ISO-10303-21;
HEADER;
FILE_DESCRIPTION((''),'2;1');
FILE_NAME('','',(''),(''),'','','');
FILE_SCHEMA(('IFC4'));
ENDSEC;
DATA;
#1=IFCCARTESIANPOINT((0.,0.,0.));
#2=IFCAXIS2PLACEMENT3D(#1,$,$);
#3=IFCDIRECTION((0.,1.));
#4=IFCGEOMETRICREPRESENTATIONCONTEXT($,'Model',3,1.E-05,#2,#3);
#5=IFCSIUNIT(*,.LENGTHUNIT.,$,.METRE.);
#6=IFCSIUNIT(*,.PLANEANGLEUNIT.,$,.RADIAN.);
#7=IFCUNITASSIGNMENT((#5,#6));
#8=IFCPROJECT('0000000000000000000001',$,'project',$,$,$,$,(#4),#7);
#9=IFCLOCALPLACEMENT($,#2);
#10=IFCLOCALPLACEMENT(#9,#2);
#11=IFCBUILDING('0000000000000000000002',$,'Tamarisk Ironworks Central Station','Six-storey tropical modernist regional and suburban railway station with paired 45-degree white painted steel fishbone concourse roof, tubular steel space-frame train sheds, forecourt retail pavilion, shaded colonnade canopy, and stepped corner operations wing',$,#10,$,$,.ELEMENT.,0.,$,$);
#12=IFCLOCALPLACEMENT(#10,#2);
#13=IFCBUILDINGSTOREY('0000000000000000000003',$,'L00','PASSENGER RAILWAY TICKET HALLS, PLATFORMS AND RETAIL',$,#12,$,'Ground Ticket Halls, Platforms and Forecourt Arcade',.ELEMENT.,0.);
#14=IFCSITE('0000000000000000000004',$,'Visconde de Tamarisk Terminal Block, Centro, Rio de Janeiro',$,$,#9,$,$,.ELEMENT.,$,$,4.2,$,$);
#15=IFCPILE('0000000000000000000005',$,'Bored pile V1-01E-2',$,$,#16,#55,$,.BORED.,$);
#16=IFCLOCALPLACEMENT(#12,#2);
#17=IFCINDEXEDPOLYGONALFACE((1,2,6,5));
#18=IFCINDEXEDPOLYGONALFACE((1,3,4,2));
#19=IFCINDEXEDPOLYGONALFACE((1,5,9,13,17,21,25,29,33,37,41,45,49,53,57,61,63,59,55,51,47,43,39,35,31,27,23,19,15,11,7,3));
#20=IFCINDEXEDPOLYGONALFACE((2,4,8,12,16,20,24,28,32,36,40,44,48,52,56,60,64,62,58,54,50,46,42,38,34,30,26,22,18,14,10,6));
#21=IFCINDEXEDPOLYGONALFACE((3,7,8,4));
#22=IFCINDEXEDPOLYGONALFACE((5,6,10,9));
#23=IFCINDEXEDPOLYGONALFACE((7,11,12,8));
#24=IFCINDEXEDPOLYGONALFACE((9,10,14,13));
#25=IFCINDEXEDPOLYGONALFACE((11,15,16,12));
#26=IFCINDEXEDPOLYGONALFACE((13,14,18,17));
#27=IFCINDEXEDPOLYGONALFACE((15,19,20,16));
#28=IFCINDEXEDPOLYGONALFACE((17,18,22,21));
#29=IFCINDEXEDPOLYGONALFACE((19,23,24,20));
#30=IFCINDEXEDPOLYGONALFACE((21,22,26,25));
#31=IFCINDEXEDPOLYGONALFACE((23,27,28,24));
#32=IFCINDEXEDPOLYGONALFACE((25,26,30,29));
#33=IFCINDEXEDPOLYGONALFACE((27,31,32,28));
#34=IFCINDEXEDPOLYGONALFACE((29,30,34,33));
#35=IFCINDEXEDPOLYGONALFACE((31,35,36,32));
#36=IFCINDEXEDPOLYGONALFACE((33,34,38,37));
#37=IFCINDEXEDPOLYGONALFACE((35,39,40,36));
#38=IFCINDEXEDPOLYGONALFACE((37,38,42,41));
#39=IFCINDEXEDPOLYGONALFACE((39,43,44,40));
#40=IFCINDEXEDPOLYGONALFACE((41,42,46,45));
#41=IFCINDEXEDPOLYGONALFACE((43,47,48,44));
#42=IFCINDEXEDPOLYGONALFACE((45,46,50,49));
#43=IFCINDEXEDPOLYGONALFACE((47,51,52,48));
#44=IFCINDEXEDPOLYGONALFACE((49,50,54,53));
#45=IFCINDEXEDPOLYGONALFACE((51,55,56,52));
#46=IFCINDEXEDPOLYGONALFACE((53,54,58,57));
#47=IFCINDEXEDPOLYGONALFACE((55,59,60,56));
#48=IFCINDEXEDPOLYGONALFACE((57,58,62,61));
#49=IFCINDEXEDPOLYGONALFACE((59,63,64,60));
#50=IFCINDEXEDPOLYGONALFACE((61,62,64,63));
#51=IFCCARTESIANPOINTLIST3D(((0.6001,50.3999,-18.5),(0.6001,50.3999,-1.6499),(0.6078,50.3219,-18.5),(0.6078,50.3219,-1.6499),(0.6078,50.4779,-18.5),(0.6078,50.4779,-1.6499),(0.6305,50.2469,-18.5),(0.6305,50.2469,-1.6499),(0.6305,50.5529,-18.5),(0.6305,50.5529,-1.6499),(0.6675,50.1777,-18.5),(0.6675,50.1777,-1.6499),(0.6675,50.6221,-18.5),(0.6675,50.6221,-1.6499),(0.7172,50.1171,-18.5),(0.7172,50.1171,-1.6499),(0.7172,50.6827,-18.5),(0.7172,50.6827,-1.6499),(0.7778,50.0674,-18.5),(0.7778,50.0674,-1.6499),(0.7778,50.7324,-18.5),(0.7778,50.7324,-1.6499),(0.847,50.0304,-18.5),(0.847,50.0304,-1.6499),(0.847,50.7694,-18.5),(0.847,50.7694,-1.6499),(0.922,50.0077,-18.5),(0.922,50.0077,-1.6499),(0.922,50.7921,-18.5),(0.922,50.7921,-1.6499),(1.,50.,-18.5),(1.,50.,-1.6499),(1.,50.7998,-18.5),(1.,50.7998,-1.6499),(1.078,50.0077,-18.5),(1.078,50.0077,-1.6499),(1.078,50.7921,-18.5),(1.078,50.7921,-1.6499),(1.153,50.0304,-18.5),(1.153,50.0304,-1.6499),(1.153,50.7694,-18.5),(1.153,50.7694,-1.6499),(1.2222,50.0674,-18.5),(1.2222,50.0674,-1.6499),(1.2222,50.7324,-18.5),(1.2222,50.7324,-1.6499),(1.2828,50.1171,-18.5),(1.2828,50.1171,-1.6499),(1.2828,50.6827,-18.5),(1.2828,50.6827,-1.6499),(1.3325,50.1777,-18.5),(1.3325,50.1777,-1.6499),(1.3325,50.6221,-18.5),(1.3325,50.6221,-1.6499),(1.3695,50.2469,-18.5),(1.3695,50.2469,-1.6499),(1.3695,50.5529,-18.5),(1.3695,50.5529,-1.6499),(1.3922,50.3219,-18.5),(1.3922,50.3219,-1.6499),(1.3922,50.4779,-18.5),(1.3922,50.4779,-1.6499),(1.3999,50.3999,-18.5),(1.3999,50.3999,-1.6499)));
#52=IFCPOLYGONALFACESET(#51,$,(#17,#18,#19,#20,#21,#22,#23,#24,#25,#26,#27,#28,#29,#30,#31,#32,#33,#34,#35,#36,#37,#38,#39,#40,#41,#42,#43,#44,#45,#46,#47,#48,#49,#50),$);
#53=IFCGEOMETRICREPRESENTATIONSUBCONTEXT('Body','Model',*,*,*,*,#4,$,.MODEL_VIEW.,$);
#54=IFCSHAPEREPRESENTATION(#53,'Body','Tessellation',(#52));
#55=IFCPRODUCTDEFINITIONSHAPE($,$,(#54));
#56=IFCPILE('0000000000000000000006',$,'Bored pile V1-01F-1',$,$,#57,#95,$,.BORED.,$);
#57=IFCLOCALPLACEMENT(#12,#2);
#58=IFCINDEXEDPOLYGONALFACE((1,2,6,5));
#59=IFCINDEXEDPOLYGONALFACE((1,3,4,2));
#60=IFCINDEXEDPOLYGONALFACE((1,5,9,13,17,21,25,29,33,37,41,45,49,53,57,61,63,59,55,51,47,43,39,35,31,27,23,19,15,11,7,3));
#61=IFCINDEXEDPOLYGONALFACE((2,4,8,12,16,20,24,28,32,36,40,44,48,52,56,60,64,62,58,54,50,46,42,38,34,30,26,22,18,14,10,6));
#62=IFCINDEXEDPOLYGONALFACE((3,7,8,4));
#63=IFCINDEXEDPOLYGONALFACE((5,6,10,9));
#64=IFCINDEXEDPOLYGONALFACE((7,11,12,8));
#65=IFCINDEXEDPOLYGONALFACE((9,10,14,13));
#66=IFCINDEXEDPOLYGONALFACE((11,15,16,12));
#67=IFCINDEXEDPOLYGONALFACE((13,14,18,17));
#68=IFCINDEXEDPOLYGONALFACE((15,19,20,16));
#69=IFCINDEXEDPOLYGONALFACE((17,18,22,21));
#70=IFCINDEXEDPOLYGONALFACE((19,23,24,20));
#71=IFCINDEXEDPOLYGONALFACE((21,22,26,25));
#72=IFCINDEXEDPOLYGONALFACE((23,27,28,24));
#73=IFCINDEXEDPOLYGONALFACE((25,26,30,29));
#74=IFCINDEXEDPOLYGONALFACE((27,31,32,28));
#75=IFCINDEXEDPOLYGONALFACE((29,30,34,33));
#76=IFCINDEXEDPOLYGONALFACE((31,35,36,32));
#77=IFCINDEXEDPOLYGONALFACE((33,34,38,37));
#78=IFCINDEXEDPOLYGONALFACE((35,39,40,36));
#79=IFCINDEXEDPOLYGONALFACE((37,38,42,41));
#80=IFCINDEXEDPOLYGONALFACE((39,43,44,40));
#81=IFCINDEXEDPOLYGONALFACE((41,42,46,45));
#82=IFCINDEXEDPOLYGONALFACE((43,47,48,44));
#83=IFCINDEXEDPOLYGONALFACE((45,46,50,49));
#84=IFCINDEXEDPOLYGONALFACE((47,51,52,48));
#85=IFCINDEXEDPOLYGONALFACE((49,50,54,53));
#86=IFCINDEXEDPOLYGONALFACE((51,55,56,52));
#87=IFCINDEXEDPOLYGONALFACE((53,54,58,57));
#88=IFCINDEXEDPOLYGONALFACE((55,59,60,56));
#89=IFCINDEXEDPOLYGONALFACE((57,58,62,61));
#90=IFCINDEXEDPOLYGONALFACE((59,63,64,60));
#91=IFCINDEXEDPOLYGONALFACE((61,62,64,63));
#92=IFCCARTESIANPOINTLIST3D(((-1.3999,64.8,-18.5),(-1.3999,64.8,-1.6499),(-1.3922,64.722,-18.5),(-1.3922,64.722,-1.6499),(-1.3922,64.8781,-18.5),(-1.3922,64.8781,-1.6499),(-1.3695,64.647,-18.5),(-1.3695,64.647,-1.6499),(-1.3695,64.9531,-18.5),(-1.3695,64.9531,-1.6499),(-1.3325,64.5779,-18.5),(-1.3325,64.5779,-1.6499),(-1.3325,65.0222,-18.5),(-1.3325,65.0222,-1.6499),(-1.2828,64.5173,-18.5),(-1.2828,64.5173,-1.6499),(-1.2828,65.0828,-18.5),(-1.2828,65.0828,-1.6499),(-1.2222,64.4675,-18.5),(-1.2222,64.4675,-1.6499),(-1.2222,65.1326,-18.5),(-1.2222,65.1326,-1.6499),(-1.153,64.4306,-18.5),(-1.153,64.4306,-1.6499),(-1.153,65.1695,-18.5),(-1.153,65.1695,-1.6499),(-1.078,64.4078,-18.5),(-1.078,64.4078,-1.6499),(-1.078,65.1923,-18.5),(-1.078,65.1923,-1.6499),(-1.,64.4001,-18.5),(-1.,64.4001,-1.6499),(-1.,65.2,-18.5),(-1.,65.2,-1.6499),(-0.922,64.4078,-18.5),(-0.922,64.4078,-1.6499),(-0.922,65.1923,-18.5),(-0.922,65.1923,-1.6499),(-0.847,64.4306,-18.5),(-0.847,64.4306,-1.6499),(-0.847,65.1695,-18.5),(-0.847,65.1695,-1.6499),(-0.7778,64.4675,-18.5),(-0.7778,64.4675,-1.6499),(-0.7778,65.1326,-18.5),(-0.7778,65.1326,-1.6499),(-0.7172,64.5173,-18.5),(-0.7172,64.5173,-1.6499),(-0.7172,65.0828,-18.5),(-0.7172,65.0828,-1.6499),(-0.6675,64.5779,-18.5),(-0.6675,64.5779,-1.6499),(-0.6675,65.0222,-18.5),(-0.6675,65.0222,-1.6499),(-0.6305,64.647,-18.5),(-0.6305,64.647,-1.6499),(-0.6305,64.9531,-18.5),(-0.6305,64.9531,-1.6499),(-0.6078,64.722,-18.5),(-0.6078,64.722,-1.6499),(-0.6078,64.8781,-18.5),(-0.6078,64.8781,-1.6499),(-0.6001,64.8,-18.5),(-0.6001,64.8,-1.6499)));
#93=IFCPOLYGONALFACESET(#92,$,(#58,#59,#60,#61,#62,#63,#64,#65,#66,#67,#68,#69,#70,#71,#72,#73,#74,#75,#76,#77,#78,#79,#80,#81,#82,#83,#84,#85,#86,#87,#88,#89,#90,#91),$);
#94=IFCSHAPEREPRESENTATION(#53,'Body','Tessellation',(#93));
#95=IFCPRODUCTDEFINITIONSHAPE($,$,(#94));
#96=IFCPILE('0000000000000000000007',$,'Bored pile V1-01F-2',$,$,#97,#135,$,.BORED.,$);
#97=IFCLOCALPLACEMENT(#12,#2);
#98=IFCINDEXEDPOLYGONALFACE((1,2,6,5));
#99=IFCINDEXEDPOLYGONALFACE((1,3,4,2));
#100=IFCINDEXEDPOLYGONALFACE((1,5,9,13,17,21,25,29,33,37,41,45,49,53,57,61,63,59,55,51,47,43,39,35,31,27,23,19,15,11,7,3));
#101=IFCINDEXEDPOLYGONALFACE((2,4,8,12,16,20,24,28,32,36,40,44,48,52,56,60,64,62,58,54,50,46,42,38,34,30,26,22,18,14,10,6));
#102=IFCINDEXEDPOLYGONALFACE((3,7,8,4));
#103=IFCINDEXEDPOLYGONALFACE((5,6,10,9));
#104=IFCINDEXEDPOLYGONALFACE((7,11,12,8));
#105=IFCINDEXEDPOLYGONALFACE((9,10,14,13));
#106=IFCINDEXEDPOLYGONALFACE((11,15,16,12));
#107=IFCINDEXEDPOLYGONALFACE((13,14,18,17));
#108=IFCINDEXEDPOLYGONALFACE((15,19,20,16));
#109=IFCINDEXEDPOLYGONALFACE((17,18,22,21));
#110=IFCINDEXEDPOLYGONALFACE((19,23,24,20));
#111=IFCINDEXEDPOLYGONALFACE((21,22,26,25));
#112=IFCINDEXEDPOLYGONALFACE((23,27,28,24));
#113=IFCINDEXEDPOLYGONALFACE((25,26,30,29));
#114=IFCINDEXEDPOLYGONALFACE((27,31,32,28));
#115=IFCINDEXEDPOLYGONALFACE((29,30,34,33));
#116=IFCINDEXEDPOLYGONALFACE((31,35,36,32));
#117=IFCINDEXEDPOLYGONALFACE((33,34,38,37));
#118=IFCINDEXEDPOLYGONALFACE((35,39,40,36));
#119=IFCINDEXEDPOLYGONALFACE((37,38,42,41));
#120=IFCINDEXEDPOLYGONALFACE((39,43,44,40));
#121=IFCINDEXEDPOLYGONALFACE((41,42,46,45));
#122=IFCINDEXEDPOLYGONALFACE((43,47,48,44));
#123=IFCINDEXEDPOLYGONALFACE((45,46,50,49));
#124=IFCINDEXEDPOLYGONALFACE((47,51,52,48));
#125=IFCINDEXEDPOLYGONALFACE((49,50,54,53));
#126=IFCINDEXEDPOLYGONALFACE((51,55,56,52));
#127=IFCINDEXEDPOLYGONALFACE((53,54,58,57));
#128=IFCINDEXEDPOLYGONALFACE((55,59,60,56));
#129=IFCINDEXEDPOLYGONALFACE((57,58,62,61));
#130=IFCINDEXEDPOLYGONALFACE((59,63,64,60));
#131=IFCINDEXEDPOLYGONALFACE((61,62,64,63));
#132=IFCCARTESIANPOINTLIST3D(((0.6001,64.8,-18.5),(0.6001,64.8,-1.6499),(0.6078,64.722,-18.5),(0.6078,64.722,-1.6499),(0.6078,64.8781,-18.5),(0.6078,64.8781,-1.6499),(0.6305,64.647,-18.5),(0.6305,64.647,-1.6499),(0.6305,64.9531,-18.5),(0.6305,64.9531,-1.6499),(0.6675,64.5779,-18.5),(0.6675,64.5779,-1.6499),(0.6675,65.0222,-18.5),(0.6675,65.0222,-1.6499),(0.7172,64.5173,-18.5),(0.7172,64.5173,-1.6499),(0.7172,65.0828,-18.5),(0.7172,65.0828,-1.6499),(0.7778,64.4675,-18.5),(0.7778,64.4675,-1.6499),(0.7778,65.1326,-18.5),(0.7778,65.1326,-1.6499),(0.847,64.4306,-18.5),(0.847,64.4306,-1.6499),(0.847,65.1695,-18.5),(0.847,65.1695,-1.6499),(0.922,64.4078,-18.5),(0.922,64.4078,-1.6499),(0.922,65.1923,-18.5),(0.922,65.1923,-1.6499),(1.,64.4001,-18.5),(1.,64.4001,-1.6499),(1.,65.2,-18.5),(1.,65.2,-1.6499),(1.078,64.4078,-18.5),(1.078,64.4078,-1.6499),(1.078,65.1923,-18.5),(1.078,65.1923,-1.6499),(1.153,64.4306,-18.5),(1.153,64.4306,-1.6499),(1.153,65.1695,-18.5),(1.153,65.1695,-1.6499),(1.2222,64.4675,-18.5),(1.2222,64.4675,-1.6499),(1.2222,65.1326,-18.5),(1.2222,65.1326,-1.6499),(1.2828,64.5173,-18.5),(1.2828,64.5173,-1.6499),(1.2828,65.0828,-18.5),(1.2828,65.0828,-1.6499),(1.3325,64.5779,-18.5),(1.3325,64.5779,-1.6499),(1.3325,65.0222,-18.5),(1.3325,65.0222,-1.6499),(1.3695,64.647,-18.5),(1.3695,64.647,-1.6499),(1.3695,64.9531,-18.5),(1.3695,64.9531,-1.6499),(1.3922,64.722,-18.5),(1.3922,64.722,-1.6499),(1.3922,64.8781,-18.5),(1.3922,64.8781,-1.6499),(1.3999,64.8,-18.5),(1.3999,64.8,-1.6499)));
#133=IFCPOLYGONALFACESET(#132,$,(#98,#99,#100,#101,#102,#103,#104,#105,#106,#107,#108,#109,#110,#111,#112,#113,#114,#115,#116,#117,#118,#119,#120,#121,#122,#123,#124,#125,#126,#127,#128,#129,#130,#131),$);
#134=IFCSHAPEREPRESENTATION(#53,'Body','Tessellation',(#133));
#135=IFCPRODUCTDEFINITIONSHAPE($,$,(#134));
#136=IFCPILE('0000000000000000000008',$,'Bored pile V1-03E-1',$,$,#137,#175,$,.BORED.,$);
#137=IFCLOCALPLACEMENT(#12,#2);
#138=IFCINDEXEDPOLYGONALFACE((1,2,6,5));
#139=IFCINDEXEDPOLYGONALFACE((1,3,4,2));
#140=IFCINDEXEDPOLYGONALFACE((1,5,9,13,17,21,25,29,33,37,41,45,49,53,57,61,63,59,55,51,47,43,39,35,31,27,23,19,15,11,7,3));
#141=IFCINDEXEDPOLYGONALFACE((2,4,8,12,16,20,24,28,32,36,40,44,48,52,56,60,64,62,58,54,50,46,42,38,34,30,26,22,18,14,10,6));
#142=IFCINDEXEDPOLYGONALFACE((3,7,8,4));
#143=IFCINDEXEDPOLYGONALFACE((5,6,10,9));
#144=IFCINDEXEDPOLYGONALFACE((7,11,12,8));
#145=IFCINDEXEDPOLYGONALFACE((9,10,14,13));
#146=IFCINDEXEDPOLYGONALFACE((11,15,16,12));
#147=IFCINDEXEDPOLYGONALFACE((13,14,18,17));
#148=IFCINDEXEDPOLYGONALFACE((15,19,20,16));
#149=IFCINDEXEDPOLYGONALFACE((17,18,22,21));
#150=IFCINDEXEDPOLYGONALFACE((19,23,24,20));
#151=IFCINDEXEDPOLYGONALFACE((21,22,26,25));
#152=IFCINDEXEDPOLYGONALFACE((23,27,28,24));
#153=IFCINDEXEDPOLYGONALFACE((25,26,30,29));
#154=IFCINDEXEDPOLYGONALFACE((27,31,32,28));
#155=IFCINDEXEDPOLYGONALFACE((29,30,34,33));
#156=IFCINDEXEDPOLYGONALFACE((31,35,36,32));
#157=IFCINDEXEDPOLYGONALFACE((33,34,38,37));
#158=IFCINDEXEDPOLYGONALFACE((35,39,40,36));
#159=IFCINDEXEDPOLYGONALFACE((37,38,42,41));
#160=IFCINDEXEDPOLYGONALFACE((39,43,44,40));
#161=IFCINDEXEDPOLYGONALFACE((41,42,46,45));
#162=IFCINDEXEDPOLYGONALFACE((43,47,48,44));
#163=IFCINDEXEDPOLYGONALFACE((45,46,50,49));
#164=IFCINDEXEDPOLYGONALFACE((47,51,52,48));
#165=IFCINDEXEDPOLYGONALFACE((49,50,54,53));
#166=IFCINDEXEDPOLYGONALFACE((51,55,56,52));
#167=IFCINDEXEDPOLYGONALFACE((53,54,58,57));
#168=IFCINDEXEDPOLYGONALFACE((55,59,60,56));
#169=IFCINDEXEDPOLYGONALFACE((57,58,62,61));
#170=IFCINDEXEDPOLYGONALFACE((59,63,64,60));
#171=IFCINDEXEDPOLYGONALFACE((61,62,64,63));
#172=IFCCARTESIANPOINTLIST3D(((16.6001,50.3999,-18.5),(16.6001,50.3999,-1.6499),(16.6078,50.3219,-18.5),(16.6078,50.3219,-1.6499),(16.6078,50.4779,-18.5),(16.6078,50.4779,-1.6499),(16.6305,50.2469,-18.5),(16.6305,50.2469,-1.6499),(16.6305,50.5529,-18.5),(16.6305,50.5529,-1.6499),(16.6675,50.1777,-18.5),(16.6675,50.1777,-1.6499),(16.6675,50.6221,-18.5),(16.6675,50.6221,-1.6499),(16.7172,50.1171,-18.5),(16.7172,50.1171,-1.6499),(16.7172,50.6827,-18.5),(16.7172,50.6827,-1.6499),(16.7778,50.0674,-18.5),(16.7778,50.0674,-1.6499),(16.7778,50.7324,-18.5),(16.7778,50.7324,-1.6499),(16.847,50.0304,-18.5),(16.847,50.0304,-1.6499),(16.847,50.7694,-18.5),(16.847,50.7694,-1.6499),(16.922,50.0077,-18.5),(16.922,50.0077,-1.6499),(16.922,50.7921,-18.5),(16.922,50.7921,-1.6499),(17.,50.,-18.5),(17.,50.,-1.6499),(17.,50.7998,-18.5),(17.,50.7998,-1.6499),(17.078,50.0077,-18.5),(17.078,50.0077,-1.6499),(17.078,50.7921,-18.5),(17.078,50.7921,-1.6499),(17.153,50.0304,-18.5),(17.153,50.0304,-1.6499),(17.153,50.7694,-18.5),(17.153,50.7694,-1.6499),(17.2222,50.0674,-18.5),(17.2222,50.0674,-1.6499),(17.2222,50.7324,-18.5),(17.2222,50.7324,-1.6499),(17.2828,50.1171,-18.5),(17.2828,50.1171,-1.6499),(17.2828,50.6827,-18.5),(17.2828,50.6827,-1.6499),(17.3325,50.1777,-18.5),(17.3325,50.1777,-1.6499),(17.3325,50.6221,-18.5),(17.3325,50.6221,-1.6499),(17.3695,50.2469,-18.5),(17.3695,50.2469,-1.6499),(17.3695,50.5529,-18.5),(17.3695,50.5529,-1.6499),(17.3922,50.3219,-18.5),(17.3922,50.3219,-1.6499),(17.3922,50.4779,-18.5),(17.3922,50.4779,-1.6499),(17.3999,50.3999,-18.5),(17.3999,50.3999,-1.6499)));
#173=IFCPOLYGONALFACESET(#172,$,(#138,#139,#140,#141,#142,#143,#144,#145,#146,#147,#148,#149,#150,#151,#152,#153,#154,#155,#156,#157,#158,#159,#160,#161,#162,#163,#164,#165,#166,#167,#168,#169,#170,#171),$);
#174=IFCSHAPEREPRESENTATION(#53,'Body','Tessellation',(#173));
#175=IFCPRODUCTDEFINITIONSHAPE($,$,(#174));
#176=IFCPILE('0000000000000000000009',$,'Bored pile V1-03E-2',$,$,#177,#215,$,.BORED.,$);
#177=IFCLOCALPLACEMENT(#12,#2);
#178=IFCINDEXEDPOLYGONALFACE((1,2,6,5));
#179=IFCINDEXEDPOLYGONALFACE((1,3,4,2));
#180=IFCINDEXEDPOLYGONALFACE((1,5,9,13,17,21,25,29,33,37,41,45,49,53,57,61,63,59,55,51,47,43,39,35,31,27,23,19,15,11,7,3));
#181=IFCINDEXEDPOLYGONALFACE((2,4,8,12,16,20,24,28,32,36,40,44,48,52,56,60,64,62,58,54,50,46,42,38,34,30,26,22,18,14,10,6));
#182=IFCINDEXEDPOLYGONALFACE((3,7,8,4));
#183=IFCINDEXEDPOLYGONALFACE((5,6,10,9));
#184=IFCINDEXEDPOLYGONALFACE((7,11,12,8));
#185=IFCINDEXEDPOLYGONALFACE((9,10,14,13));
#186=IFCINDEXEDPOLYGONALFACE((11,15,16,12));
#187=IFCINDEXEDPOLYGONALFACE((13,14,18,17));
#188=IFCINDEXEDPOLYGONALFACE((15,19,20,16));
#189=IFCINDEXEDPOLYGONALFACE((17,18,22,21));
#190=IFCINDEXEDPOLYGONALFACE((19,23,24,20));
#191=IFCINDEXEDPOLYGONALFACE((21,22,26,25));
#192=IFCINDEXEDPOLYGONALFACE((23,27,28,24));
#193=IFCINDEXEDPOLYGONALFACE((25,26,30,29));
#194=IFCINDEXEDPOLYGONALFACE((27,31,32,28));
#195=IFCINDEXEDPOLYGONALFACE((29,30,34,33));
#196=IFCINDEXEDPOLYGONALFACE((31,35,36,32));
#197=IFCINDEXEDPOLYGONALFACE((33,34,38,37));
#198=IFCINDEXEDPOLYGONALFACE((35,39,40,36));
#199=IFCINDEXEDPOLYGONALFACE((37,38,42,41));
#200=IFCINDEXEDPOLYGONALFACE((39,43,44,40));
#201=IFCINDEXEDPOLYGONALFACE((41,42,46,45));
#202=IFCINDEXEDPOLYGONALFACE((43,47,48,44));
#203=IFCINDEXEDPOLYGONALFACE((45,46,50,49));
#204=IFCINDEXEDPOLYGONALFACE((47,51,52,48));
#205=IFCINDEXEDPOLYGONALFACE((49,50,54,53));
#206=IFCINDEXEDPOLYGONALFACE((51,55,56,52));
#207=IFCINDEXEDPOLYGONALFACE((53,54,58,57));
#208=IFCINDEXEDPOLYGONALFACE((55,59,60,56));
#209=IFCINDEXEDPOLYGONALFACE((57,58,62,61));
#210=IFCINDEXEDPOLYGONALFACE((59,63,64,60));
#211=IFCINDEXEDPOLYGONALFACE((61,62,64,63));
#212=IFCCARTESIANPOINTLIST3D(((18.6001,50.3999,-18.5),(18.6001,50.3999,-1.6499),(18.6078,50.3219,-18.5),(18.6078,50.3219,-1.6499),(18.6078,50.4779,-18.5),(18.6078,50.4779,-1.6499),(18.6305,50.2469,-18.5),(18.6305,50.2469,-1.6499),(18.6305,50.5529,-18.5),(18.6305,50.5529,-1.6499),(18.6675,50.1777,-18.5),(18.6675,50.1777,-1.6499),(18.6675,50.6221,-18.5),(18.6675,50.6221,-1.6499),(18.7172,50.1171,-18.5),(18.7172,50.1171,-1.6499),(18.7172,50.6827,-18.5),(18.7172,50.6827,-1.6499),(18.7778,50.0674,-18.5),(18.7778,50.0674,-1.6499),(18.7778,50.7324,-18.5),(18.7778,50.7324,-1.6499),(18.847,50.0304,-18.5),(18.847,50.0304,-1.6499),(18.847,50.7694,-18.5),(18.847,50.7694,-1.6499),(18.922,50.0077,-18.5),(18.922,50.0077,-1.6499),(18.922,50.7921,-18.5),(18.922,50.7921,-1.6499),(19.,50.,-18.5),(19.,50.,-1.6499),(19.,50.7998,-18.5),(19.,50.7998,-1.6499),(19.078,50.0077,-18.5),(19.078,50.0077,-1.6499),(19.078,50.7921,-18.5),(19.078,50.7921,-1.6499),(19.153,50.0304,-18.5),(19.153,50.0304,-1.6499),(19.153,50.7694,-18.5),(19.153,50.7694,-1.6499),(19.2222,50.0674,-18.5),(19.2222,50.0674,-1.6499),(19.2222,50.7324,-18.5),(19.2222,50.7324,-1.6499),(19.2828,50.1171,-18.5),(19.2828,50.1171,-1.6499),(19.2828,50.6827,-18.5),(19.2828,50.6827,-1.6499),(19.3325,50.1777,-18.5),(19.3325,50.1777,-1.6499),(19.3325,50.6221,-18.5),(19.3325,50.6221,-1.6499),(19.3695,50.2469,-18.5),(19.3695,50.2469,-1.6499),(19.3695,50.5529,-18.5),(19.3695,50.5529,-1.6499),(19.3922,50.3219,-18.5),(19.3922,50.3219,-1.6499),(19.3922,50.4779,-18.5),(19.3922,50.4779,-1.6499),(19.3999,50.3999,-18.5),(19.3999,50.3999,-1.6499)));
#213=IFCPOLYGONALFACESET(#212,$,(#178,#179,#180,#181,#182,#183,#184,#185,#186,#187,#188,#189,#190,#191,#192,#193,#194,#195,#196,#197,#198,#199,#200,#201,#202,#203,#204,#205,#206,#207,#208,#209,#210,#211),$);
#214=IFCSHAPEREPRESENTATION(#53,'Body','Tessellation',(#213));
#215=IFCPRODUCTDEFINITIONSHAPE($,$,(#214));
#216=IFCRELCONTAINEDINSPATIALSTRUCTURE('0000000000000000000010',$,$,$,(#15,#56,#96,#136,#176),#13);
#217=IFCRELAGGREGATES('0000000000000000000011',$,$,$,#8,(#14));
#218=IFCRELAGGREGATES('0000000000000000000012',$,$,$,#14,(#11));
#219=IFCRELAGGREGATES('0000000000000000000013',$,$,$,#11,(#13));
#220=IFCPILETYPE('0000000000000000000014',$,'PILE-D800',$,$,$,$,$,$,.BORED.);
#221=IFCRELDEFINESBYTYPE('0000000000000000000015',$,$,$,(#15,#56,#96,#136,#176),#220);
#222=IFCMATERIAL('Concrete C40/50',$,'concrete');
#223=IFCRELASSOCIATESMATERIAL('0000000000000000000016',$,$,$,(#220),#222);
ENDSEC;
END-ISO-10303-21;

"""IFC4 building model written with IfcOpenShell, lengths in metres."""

from ifc_helpers import new_model, si_unit, direction, frame, origin, origin_2d, place, context, subcontext, project, spatial, circle, extrude, material, material_profile, profile_set, type_object, element, save


model = new_model("IFC4")

# Units and contexts
model_context = context("Model", 3, precision=1e-05, world=origin(), true_north=direction((0.0, 1.0)))
body_context = subcontext(model_context, "Body", "Model", "MODEL_VIEW")
ifc_project = project(units=[si_unit("LENGTHUNIT", "METRE"), si_unit("PLANEANGLEUNIT", "RADIAN")], contexts=[model_context])

# Site, building, storey
site_placement = place(None, origin())
site = spatial("IfcSite", under=ifc_project, at=site_placement, Name="Visconde de Tamarisk Terminal Block, Centro, Rio de Janeiro", CompositionType="ELEMENT", RefElevation=4.2)
building_placement = place(site_placement, origin())
building = spatial("IfcBuilding", under=site, at=building_placement, Name="Tamarisk Ironworks Central Station", Description="Six-storey tropical modernist regional and suburban railway station with paired 45-degree white painted steel fishbone concourse roof, tubular steel space-frame train sheds, forecourt retail pavilion, shaded colonnade canopy, and stepped corner operations wing", CompositionType="ELEMENT", ElevationOfRefHeight=0.0)
storey_placement = place(building_placement, origin())
storey = spatial("IfcBuildingStorey", under=building, at=storey_placement, Name="L00", Description="PASSENGER RAILWAY TICKET HALLS, PLATFORMS AND RETAIL", LongName="Ground Ticket Halls, Platforms and Forecourt Arcade", CompositionType="ELEMENT", Elevation=0.0)

# Shared definitions
ifc_material_1 = material(Name="Concrete C40/50", Category="concrete")

# Piles
ifc_material_profile_1 = material_profile(ifc_material_1, circle(Radius=0.3999, at=origin_2d()), Name="BORED PILE D800")
ifc_profile_set_1 = profile_set([ifc_material_profile_1], Name="Concrete C40/50")
pile_type_1 = type_object("IfcPileType", Name="PILE-D800", PredefinedType="BORED", material=ifc_profile_set_1)
for number, where, z_axis, x_axis, name in (
    (1, (1.0, 50.3999, -1.6499), (0.0, 0.0, -1.0), (1.0, 0.0, 0.0), "Bored pile V1-01E-2"),
    (2, (-1.0, 64.8, -1.6499), (0.0, 0.0, -1.0), (1.0, 0.0, 0.0), "Bored pile V1-01F-1"),
    (3, (1.0, 64.8, -1.6499), (0.0, 0.0, -1.0), (1.0, 0.0, 0.0), "Bored pile V1-01F-2"),
    (4, (17.0, 50.3999, -1.6499), (0.0, 0.0, -1.0), (1.0, 0.0, 0.0), "Bored pile V1-03E-1"),
    (5, (19.0, 50.3999, -1.6499), (0.0, 0.0, -1.0), (1.0, 0.0, 0.0), "Bored pile V1-03E-2"),
):
    element("IfcPile", number, at=place(storey_placement, frame(where, z_axis=z_axis, x_axis=x_axis)), inside=storey, type_object=pile_type_1, Name=name, PredefinedType="BORED", context=body_context, shape_type="SweptSolid", body=[
        extrude(circle(Radius=0.3999, at=origin_2d()), origin(), (0.0, 0.0, 1.0), 16.8501),
    ])

save(model, "model.ifc")
